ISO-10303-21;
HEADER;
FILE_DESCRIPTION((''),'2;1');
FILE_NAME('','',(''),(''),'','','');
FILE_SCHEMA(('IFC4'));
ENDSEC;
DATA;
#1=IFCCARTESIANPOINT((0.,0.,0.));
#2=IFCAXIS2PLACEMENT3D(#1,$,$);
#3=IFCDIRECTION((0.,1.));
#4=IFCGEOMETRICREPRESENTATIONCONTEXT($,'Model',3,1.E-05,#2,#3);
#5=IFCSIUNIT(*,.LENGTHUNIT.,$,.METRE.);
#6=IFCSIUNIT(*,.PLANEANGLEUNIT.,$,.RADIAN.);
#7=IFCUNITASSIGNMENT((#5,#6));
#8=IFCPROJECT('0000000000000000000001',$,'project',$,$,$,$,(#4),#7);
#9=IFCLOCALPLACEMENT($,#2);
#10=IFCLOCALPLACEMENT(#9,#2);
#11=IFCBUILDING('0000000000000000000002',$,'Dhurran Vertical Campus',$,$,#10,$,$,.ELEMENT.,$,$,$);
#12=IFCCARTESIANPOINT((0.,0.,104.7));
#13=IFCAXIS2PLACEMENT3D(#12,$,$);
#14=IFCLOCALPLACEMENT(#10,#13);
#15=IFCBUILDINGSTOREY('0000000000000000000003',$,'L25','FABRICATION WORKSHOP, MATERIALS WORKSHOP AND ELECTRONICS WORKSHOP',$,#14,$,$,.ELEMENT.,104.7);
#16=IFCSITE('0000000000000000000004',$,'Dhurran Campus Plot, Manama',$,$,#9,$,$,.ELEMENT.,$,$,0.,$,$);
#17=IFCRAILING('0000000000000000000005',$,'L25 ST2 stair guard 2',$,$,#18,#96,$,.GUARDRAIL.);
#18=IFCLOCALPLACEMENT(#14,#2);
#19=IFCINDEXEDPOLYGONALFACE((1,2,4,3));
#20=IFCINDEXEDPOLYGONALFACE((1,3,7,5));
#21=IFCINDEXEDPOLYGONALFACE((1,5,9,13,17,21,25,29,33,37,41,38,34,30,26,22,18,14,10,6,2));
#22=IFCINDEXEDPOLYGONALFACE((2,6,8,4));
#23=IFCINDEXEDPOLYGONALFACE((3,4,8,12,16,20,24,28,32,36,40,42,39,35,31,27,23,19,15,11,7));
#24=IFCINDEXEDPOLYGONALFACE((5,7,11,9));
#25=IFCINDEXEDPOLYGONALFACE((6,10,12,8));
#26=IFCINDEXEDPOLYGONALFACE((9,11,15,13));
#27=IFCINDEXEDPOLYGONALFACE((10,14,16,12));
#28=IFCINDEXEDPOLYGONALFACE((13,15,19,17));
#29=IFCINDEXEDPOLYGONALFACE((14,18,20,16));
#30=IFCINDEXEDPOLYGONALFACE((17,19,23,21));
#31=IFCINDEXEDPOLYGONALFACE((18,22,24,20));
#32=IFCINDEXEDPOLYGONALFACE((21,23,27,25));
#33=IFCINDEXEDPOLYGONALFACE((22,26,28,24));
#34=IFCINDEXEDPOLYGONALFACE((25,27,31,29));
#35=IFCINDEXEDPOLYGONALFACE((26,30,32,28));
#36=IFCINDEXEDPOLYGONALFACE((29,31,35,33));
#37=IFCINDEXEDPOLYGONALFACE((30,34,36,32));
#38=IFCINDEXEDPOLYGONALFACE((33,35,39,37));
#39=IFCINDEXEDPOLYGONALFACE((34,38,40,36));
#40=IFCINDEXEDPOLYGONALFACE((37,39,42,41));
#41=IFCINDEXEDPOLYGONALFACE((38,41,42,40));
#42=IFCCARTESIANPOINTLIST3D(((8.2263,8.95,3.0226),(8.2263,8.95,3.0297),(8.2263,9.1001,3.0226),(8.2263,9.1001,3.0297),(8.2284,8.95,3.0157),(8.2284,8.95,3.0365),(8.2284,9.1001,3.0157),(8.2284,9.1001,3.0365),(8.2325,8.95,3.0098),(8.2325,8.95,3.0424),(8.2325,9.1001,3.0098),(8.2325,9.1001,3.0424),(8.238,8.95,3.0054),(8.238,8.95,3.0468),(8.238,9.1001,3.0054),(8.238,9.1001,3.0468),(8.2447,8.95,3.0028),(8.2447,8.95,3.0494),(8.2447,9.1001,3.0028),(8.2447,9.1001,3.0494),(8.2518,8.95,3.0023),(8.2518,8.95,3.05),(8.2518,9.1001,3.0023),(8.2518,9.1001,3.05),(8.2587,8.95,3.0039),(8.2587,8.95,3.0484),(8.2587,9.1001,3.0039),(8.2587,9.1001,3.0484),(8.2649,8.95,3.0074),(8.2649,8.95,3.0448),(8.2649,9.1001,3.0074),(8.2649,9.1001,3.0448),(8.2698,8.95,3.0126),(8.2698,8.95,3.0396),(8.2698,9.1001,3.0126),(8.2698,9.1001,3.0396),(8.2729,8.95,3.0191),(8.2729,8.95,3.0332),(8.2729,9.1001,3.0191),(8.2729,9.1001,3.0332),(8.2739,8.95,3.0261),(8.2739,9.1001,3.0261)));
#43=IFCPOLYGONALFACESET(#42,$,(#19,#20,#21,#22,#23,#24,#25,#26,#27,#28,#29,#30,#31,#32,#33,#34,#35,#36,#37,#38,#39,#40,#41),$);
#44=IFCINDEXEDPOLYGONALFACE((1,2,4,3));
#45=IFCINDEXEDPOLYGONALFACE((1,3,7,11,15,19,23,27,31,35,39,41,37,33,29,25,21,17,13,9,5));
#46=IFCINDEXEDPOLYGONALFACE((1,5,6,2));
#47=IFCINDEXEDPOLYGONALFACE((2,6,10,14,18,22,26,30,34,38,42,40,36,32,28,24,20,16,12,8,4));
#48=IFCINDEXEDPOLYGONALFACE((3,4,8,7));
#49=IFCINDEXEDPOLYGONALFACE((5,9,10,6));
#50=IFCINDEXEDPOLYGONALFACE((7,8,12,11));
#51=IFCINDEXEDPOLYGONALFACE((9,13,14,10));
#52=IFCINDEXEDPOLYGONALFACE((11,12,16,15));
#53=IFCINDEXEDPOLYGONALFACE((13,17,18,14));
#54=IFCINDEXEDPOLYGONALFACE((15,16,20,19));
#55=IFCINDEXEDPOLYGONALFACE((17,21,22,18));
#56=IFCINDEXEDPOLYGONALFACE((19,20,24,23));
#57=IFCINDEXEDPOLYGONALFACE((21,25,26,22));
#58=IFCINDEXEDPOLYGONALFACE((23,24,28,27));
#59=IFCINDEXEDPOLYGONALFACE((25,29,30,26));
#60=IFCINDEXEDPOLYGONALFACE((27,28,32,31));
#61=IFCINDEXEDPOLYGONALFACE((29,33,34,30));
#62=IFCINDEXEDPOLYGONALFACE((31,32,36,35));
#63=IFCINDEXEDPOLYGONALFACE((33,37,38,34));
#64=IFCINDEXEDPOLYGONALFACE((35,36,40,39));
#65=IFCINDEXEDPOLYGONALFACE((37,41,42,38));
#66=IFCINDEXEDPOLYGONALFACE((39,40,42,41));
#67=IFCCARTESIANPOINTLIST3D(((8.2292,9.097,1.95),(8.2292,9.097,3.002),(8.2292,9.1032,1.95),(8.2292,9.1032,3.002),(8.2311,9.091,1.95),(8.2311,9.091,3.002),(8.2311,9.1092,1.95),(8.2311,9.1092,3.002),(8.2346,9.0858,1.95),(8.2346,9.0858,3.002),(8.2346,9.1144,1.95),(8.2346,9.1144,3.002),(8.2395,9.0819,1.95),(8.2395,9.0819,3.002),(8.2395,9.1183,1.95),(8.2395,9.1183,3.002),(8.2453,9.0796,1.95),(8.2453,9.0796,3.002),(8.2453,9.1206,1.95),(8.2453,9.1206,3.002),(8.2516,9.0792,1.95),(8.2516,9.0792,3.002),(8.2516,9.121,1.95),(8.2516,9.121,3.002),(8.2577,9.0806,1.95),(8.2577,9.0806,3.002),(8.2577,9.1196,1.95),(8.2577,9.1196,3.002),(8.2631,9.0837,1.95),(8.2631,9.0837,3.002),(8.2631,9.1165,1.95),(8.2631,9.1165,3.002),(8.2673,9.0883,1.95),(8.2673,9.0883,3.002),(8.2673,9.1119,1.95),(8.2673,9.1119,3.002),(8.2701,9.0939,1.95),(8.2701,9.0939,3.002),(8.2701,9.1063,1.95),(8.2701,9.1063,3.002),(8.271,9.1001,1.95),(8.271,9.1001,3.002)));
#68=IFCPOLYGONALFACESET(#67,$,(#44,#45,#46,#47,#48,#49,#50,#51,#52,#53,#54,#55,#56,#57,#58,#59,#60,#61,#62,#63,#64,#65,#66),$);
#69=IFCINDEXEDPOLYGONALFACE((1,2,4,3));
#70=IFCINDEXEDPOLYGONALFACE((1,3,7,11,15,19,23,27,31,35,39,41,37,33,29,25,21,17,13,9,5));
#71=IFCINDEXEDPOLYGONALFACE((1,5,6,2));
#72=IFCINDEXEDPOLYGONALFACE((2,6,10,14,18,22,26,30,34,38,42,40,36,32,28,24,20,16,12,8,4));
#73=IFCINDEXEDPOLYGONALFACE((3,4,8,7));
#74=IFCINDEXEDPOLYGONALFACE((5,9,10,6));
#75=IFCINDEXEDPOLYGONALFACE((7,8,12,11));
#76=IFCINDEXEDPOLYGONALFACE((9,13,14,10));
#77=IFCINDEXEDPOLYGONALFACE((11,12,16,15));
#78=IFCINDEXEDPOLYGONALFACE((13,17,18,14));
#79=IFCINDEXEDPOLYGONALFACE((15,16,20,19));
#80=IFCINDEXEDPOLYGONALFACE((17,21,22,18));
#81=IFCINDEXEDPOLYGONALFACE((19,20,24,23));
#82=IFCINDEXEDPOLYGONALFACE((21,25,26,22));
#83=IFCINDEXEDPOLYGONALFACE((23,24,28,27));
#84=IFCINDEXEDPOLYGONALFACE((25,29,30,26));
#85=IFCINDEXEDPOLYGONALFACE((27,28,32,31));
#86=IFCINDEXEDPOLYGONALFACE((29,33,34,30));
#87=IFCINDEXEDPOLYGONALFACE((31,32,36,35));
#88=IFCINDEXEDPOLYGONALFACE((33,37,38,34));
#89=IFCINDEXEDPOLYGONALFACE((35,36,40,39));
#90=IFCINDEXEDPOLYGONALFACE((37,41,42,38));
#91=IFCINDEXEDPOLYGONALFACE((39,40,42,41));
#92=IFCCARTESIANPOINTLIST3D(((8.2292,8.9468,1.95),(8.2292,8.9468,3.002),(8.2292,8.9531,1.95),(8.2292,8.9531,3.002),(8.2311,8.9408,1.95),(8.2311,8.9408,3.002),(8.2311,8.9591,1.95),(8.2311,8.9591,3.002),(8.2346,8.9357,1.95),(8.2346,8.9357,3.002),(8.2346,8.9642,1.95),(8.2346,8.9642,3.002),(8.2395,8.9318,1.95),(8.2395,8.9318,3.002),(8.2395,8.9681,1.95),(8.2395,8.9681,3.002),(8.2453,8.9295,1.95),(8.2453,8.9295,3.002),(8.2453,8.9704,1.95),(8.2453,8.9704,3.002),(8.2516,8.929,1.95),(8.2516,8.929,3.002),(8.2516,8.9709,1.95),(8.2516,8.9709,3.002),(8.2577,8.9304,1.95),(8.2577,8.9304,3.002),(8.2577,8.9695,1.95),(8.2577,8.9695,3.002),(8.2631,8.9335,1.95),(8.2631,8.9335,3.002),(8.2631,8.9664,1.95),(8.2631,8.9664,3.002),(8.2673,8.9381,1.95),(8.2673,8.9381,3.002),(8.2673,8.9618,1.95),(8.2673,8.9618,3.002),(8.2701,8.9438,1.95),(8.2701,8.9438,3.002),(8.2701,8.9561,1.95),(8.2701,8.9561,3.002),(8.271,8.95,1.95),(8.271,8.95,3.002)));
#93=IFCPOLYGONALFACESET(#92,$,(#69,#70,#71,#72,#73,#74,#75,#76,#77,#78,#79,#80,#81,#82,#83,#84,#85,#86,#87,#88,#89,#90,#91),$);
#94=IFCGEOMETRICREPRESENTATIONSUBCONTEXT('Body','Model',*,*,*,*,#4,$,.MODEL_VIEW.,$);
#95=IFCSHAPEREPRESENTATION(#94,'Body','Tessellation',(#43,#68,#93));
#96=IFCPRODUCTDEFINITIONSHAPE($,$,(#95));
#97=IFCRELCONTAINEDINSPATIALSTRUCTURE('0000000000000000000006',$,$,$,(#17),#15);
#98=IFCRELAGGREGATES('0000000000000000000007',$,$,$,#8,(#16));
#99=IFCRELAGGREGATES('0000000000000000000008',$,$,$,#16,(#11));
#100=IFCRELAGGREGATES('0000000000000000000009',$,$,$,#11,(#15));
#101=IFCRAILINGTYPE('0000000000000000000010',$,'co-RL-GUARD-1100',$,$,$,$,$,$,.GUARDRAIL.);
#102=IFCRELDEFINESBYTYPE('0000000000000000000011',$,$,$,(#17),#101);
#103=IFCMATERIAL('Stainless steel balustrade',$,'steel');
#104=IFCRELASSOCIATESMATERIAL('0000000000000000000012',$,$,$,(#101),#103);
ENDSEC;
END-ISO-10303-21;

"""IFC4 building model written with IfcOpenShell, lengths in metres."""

from ifc_helpers import new_model, si_unit, direction, frame, origin, origin_2d, place, context, subcontext, project, spatial, circle, extrude, material, type_object, element, save


model = new_model("IFC4")

# Units and contexts
model_context = context("Model", 3, precision=1e-05, world=origin(), true_north=direction((0.0, 1.0)))
body_context = subcontext(model_context, "Body", "Model", "MODEL_VIEW")
ifc_project = project(units=[si_unit("LENGTHUNIT", "METRE"), si_unit("PLANEANGLEUNIT", "RADIAN")], contexts=[model_context])

# Site, building, storey
site_placement = place(None, origin())
site = spatial("IfcSite", under=ifc_project, at=site_placement, Name="Dhurran Campus Plot, Manama", CompositionType="ELEMENT", RefElevation=0.0)
building_placement = place(site_placement, origin())
building = spatial("IfcBuilding", under=site, at=building_placement, Name="Dhurran Vertical Campus", CompositionType="ELEMENT")
storey_placement = place(building_placement, frame((0.0, 0.0, 104.7)))
storey = spatial("IfcBuildingStorey", under=building, at=storey_placement, Name="L25", Description="FABRICATION WORKSHOP, MATERIALS WORKSHOP AND ELECTRONICS WORKSHOP", CompositionType="ELEMENT", Elevation=104.7)

# Railing
ifc_material_1 = material(Name="Stainless steel balustrade", Category="steel")
railing_type_1 = type_object("IfcRailingType", Name="co-RL-GUARD-1100", PredefinedType="GUARDRAIL", material=ifc_material_1)
railing_1_placement = place(storey_placement, frame((8.25, 9.1001, 1.95)))
element("IfcRailing", 1, at=railing_1_placement, inside=storey, type_object=railing_type_1, Name="L25 ST2 stair guard 2", PredefinedType="GUARDRAIL", context=body_context, shape_type="SweptSolid", body=[
    extrude(circle(Radius=0.0239, at=origin_2d()), frame((0.0, 0.0, 1.0762), z_axis=(0.0, -1.0, 0.0), x_axis=(1.0, 0.0, 0.0)), (0.0, 0.0, 1.0), 0.1501),
    extrude(circle(Radius=0.021, at=origin_2d()), origin(), (0.0, 0.0, 1.0), 1.052),
    extrude(circle(Radius=0.021, at=origin_2d()), frame((0.0, -0.1501, 0.0)), (0.0, 0.0, 1.0), 1.052),
])

save(model, "model.ifc")
